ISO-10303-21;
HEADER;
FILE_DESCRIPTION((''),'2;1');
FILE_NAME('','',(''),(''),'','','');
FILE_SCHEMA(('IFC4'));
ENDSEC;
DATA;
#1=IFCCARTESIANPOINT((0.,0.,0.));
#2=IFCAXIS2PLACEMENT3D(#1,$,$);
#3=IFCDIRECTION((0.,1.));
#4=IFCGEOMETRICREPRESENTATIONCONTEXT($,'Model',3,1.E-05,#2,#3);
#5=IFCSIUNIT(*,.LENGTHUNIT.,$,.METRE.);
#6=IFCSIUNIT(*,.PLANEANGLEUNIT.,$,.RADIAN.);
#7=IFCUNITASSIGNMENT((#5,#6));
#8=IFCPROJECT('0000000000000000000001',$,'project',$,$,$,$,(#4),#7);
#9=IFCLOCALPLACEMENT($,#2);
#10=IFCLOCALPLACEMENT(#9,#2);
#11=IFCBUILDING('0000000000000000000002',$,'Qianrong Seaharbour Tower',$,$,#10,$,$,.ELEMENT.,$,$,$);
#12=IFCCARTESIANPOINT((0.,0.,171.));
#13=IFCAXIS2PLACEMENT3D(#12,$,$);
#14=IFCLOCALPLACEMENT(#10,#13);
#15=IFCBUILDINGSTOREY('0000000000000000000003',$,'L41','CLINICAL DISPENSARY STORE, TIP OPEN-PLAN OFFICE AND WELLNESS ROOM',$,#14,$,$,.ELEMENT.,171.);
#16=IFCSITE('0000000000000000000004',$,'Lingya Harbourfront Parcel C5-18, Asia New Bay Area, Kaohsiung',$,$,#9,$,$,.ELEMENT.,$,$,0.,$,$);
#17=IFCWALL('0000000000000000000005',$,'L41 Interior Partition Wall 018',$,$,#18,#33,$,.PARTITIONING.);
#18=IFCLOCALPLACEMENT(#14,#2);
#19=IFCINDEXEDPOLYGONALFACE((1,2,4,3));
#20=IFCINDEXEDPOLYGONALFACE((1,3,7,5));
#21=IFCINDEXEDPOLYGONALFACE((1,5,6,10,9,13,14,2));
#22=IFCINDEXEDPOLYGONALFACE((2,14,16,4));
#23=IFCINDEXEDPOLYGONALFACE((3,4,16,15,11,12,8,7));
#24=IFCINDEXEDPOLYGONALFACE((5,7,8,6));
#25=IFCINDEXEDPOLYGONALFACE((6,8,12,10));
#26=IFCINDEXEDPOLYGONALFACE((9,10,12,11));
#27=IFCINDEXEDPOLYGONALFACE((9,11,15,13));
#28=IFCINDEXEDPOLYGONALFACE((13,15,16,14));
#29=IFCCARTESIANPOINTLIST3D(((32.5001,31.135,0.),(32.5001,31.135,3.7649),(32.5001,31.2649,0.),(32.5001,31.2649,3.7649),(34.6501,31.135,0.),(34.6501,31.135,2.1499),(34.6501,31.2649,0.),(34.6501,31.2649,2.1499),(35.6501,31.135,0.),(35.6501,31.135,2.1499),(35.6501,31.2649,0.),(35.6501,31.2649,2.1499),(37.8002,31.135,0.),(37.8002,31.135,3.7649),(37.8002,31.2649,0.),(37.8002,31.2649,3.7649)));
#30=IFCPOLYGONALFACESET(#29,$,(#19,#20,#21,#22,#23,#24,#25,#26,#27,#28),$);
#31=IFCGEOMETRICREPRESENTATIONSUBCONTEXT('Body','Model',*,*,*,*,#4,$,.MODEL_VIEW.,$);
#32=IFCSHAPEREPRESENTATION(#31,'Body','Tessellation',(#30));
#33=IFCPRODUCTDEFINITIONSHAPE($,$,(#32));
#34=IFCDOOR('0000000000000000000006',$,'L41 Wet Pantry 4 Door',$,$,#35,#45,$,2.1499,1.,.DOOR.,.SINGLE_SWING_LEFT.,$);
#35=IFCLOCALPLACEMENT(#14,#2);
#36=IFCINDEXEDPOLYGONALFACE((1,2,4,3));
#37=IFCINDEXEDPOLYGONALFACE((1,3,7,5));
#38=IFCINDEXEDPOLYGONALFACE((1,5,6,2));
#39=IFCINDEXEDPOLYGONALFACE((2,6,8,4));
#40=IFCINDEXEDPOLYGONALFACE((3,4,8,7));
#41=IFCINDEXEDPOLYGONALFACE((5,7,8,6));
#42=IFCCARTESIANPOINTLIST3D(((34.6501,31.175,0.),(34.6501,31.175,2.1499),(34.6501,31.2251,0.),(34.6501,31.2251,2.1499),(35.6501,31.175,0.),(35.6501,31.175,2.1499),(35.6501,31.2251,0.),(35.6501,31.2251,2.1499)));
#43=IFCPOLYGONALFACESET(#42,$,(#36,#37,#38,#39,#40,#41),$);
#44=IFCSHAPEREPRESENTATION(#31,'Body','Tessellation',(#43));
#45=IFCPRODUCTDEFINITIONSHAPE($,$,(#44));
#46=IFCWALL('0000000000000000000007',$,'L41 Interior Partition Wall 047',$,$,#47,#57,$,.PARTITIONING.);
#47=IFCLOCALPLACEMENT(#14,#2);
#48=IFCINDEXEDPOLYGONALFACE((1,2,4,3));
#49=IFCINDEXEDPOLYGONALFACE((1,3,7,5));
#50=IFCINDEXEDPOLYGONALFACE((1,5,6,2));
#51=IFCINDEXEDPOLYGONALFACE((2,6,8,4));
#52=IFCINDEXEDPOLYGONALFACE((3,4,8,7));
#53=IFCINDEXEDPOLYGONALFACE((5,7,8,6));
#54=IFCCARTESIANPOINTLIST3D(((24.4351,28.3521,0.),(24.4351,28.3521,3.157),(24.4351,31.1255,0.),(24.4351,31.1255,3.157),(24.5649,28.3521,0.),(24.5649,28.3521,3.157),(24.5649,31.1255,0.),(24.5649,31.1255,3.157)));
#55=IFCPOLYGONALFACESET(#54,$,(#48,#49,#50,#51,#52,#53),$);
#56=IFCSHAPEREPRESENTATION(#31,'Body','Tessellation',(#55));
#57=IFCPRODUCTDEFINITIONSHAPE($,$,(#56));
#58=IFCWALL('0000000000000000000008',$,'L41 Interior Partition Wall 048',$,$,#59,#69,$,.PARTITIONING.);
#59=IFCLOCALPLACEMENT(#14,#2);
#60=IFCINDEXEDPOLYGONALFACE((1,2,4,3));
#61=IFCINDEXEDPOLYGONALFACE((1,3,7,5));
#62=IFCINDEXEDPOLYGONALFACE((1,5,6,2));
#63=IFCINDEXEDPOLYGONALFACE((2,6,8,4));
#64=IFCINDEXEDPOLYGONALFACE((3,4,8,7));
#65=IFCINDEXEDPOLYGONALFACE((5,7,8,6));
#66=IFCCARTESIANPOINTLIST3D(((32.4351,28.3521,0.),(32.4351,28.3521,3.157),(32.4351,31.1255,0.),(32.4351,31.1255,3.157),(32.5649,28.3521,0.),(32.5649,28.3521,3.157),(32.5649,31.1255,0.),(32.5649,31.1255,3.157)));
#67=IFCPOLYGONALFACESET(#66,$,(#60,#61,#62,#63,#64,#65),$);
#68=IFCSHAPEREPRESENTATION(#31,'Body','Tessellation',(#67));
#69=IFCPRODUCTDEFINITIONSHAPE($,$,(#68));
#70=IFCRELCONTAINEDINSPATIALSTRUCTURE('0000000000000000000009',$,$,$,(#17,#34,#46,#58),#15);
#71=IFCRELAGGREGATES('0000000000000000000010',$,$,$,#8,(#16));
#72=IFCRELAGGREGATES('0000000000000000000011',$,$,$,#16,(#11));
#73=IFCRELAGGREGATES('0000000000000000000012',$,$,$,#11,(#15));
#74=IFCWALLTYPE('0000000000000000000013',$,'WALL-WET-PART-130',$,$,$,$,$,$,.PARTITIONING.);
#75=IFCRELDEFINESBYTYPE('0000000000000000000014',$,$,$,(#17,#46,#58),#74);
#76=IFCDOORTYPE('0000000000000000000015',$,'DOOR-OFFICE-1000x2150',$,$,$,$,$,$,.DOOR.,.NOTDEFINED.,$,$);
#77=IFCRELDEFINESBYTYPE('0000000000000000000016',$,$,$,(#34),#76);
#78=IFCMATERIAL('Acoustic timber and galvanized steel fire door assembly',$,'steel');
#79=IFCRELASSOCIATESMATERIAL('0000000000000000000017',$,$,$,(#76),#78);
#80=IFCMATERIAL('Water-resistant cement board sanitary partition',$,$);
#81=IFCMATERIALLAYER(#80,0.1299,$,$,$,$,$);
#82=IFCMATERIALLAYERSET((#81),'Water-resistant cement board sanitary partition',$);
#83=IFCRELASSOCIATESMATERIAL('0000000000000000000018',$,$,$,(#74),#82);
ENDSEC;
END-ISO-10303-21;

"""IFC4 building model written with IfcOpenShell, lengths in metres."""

from ifc_helpers import new_model, si_unit, direction, frame, frame_2d, origin, place, context, subcontext, project, spatial, rectangle, extrude, material, layer, layer_set, type_object, element, fill, save


model = new_model("IFC4")

# Units and contexts
model_context = context("Model", 3, precision=1e-05, world=origin(), true_north=direction((0.0, 1.0)))
body_context = subcontext(model_context, "Body", "Model", "MODEL_VIEW")
ifc_project = project(units=[si_unit("LENGTHUNIT", "METRE"), si_unit("PLANEANGLEUNIT", "RADIAN")], contexts=[model_context])

# Site, building, storey
site_placement = place(None, origin())
site = spatial("IfcSite", under=ifc_project, at=site_placement, Name="Lingya Harbourfront Parcel C5-18, Asia New Bay Area, Kaohsiung", CompositionType="ELEMENT", RefElevation=0.0)
building_placement = place(site_placement, origin())
building = spatial("IfcBuilding", under=site, at=building_placement, Name="Qianrong Seaharbour Tower", CompositionType="ELEMENT")
storey_placement = place(building_placement, frame((0.0, 0.0, 171.0)))
storey = spatial("IfcBuildingStorey", under=building, at=storey_placement, Name="L41", Description="CLINICAL DISPENSARY STORE, TIP OPEN-PLAN OFFICE AND WELLNESS ROOM", CompositionType="ELEMENT", Elevation=171.0)

# Shared definitions
ifc_material_1 = material(Name="Acoustic timber and galvanized steel fire door assembly", Category="steel")
door_type = type_object("IfcDoorType", Name="DOOR-OFFICE-1000x2150", OperationType="NOTDEFINED", PredefinedType="DOOR", material=ifc_material_1)

# Wall, opening, door
ifc_material_2 = material(Name="Water-resistant cement board sanitary partition")
ifc_layer_1 = layer(ifc_material_2, 0.1299)
ifc_layer_set_1 = layer_set([ifc_layer_1], Name="Water-resistant cement board sanitary partition")
wall_type_1 = type_object("IfcWallType", Name="WALL-WET-PART-130", PredefinedType="PARTITIONING", material=ifc_layer_set_1)
wall_1_placement = place(storey_placement, frame((37.8, 31.2, 0.0), z_axis=(0.0, 0.0, 1.0), x_axis=(-1.0, 0.0, 0.0)))
wall_1 = element("IfcWall", 1, at=wall_1_placement, inside=storey, type_object=wall_type_1, Name="L41 Interior Partition Wall 018", PredefinedType="PARTITIONING", context=body_context, shape_type="SweptSolid", body=[
    extrude(rectangle(XDim=5.3, YDim=0.1299, at=frame_2d((2.6499, 0.0))), origin(), (0.0, 0.0, 1.0), 3.7649),
])
opening_1_placement = place(wall_1_placement, frame((2.1499, 0.0, 0.0)))
opening_1 = element("IfcOpeningElement", 2, at=opening_1_placement, cuts=wall_1, PredefinedType="OPENING", context=body_context, shape_type="SweptSolid", body=[
    extrude(rectangle(XDim=1.0, YDim=2.1499, at=frame_2d((0.5, 1.075))), frame((0.0, 0.075, 0.0), z_axis=(0.0, -1.0, 0.0), x_axis=(1.0, 0.0, 0.0)), (0.0, 0.0, 1.0), 0.1499),
])
door_1_placement = place(opening_1_placement, origin())
door_1 = element("IfcDoor", 3, at=door_1_placement, inside=storey, type_object=door_type, Name="L41 Wet Pantry 4 Door", OperationType="SINGLE_SWING_LEFT", OverallHeight=2.1499, OverallWidth=1.0, PredefinedType="DOOR", context=body_context, shape_type="SweptSolid", body=[
    extrude(rectangle(XDim=1.0, YDim=2.1499, at=frame_2d((0.5, 1.075))), frame((0.0, 0.0249, 0.0), z_axis=(0.0, -1.0, 0.0), x_axis=(1.0, 0.0, 0.0)), (0.0, 0.0, 1.0), 0.05),
])
fill(opening_1, door_1)

# Walls
for number, where, z_axis, x_axis, name in (
    (4, (24.5, 31.1255, 0.0), (0.0, 0.0, 1.0), (0.0, -1.0, 0.0), "L41 Interior Partition Wall 047"),
    (5, (32.5, 31.1255, 0.0), (0.0, 0.0, 1.0), (0.0, -1.0, 0.0), "L41 Interior Partition Wall 048"),
):
    element("IfcWall", number, at=place(storey_placement, frame(where, z_axis=z_axis, x_axis=x_axis)), inside=storey, type_object=wall_type_1, Name=name, PredefinedType="PARTITIONING", context=body_context, shape_type="SweptSolid", body=[
        extrude(rectangle(XDim=2.7734, YDim=0.1299, at=frame_2d((1.3867, 0.0))), origin(), (0.0, 0.0, 1.0), 3.157),
    ])

save(model, "model.ifc")
